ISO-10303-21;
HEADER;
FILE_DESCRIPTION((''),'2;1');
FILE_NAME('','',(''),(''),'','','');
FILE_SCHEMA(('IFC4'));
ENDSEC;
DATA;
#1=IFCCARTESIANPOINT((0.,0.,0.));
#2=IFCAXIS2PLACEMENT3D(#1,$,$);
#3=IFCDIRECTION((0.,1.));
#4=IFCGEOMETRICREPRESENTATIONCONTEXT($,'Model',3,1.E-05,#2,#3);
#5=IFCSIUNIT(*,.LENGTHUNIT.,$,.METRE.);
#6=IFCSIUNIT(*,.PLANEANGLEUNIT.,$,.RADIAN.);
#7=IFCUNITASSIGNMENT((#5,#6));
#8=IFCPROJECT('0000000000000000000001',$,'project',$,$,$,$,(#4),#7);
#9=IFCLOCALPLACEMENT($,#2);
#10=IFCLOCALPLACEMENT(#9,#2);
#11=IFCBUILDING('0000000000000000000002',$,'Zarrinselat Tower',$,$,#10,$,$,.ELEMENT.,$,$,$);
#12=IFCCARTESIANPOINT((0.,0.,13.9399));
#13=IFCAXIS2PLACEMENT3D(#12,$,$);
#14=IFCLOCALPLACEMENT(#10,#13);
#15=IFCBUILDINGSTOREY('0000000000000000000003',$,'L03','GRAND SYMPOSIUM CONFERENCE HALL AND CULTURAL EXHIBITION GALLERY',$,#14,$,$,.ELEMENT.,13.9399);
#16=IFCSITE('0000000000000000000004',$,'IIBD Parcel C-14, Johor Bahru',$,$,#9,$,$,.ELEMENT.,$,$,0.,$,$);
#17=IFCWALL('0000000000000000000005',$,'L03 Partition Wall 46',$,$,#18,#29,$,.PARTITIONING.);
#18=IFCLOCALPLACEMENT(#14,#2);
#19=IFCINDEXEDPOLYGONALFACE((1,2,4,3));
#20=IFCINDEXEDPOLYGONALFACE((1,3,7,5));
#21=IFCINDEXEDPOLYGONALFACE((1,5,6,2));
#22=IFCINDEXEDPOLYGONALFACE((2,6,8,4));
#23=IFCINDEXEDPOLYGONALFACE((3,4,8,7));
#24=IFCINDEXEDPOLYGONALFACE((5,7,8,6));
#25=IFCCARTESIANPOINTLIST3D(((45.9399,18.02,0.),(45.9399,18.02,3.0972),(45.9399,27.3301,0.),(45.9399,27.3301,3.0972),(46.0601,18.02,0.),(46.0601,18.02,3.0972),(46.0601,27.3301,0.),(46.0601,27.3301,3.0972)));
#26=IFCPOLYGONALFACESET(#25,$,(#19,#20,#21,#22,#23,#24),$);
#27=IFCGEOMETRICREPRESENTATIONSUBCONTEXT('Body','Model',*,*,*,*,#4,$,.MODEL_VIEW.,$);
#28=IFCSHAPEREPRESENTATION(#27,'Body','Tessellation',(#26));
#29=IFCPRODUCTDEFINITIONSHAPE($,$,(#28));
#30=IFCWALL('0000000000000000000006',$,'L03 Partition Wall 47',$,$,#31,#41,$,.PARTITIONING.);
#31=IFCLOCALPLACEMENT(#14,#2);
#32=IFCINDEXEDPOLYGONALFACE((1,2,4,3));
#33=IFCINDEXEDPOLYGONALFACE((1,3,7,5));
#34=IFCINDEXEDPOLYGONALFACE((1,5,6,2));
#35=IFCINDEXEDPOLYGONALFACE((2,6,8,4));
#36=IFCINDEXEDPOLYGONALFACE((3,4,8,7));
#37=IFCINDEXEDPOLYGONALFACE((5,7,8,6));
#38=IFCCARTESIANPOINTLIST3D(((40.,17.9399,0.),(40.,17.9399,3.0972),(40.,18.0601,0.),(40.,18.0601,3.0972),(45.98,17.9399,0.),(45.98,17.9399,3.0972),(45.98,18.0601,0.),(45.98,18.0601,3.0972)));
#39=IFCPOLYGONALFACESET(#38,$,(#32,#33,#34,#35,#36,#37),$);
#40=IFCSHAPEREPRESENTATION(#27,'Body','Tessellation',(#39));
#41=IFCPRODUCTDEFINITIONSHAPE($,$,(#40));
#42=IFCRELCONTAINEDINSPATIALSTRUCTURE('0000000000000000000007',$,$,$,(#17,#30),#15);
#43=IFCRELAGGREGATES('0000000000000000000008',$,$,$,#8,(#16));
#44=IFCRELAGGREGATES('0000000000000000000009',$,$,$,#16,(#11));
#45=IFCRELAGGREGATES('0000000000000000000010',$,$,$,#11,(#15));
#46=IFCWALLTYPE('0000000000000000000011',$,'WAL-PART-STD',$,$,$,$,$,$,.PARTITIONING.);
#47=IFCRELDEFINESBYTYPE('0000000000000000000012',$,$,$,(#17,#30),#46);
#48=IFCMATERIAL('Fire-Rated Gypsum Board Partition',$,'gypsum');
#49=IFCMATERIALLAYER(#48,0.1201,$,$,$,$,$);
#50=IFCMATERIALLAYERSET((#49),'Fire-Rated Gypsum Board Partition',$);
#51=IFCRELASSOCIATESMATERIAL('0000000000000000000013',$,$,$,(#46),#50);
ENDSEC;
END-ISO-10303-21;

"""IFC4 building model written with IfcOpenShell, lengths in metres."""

from ifc_helpers import new_model, si_unit, direction, frame, frame_2d, origin, place, context, subcontext, project, spatial, rectangle, extrude, material, layer, layer_set, type_object, element, save


model = new_model("IFC4")

# Units and contexts
model_context = context("Model", 3, precision=1e-05, world=origin(), true_north=direction((0.0, 1.0)))
body_context = subcontext(model_context, "Body", "Model", "MODEL_VIEW")
ifc_project = project(units=[si_unit("LENGTHUNIT", "METRE"), si_unit("PLANEANGLEUNIT", "RADIAN")], contexts=[model_context])

# Site, building, storey
site_placement = place(None, origin())
site = spatial("IfcSite", under=ifc_project, at=site_placement, Name="IIBD Parcel C-14, Johor Bahru", CompositionType="ELEMENT", RefElevation=0.0)
building_placement = place(site_placement, origin())
building = spatial("IfcBuilding", under=site, at=building_placement, Name="Zarrinselat Tower", CompositionType="ELEMENT")
storey_placement = place(building_placement, frame((0.0, 0.0, 13.9399)))
storey = spatial("IfcBuildingStorey", under=building, at=storey_placement, Name="L03", Description="GRAND SYMPOSIUM CONFERENCE HALL AND CULTURAL EXHIBITION GALLERY", CompositionType="ELEMENT", Elevation=13.9399)

# Walls
ifc_material_1 = material(Name="Fire-Rated Gypsum Board Partition", Category="gypsum")
ifc_layer_1 = layer(ifc_material_1, 0.1201)
ifc_layer_set_1 = layer_set([ifc_layer_1], Name="Fire-Rated Gypsum Board Partition")
wall_type_1 = type_object("IfcWallType", Name="WAL-PART-STD", PredefinedType="PARTITIONING", material=ifc_layer_set_1)
wall_1_placement = place(storey_placement, frame((46.0, 18.02, 0.0), z_axis=(0.0, 0.0, 1.0), x_axis=(0.0, 1.0, 0.0)))
element("IfcWall", 1, at=wall_1_placement, inside=storey, type_object=wall_type_1, Name="L03 Partition Wall 46", PredefinedType="PARTITIONING", context=body_context, shape_type="SweptSolid", body=[
    extrude(rectangle(XDim=9.3101, YDim=0.1201, at=frame_2d((4.655, 0.0))), origin(), (0.0, 0.0, 1.0), 3.0972),
])
wall_2_placement = place(storey_placement, frame((40.0, 18.0, 0.0), z_axis=(0.0, 0.0, 1.0), x_axis=(1.0, 0.0, 0.0)))
element("IfcWall", 2, at=wall_2_placement, inside=storey, type_object=wall_type_1, Name="L03 Partition Wall 47", PredefinedType="PARTITIONING", context=body_context, shape_type="SweptSolid", body=[
    extrude(rectangle(XDim=5.98, YDim=0.1201, at=frame_2d((2.99, 0.0))), origin(), (0.0, 0.0, 1.0), 3.0972),
])

save(model, "model.ifc")
